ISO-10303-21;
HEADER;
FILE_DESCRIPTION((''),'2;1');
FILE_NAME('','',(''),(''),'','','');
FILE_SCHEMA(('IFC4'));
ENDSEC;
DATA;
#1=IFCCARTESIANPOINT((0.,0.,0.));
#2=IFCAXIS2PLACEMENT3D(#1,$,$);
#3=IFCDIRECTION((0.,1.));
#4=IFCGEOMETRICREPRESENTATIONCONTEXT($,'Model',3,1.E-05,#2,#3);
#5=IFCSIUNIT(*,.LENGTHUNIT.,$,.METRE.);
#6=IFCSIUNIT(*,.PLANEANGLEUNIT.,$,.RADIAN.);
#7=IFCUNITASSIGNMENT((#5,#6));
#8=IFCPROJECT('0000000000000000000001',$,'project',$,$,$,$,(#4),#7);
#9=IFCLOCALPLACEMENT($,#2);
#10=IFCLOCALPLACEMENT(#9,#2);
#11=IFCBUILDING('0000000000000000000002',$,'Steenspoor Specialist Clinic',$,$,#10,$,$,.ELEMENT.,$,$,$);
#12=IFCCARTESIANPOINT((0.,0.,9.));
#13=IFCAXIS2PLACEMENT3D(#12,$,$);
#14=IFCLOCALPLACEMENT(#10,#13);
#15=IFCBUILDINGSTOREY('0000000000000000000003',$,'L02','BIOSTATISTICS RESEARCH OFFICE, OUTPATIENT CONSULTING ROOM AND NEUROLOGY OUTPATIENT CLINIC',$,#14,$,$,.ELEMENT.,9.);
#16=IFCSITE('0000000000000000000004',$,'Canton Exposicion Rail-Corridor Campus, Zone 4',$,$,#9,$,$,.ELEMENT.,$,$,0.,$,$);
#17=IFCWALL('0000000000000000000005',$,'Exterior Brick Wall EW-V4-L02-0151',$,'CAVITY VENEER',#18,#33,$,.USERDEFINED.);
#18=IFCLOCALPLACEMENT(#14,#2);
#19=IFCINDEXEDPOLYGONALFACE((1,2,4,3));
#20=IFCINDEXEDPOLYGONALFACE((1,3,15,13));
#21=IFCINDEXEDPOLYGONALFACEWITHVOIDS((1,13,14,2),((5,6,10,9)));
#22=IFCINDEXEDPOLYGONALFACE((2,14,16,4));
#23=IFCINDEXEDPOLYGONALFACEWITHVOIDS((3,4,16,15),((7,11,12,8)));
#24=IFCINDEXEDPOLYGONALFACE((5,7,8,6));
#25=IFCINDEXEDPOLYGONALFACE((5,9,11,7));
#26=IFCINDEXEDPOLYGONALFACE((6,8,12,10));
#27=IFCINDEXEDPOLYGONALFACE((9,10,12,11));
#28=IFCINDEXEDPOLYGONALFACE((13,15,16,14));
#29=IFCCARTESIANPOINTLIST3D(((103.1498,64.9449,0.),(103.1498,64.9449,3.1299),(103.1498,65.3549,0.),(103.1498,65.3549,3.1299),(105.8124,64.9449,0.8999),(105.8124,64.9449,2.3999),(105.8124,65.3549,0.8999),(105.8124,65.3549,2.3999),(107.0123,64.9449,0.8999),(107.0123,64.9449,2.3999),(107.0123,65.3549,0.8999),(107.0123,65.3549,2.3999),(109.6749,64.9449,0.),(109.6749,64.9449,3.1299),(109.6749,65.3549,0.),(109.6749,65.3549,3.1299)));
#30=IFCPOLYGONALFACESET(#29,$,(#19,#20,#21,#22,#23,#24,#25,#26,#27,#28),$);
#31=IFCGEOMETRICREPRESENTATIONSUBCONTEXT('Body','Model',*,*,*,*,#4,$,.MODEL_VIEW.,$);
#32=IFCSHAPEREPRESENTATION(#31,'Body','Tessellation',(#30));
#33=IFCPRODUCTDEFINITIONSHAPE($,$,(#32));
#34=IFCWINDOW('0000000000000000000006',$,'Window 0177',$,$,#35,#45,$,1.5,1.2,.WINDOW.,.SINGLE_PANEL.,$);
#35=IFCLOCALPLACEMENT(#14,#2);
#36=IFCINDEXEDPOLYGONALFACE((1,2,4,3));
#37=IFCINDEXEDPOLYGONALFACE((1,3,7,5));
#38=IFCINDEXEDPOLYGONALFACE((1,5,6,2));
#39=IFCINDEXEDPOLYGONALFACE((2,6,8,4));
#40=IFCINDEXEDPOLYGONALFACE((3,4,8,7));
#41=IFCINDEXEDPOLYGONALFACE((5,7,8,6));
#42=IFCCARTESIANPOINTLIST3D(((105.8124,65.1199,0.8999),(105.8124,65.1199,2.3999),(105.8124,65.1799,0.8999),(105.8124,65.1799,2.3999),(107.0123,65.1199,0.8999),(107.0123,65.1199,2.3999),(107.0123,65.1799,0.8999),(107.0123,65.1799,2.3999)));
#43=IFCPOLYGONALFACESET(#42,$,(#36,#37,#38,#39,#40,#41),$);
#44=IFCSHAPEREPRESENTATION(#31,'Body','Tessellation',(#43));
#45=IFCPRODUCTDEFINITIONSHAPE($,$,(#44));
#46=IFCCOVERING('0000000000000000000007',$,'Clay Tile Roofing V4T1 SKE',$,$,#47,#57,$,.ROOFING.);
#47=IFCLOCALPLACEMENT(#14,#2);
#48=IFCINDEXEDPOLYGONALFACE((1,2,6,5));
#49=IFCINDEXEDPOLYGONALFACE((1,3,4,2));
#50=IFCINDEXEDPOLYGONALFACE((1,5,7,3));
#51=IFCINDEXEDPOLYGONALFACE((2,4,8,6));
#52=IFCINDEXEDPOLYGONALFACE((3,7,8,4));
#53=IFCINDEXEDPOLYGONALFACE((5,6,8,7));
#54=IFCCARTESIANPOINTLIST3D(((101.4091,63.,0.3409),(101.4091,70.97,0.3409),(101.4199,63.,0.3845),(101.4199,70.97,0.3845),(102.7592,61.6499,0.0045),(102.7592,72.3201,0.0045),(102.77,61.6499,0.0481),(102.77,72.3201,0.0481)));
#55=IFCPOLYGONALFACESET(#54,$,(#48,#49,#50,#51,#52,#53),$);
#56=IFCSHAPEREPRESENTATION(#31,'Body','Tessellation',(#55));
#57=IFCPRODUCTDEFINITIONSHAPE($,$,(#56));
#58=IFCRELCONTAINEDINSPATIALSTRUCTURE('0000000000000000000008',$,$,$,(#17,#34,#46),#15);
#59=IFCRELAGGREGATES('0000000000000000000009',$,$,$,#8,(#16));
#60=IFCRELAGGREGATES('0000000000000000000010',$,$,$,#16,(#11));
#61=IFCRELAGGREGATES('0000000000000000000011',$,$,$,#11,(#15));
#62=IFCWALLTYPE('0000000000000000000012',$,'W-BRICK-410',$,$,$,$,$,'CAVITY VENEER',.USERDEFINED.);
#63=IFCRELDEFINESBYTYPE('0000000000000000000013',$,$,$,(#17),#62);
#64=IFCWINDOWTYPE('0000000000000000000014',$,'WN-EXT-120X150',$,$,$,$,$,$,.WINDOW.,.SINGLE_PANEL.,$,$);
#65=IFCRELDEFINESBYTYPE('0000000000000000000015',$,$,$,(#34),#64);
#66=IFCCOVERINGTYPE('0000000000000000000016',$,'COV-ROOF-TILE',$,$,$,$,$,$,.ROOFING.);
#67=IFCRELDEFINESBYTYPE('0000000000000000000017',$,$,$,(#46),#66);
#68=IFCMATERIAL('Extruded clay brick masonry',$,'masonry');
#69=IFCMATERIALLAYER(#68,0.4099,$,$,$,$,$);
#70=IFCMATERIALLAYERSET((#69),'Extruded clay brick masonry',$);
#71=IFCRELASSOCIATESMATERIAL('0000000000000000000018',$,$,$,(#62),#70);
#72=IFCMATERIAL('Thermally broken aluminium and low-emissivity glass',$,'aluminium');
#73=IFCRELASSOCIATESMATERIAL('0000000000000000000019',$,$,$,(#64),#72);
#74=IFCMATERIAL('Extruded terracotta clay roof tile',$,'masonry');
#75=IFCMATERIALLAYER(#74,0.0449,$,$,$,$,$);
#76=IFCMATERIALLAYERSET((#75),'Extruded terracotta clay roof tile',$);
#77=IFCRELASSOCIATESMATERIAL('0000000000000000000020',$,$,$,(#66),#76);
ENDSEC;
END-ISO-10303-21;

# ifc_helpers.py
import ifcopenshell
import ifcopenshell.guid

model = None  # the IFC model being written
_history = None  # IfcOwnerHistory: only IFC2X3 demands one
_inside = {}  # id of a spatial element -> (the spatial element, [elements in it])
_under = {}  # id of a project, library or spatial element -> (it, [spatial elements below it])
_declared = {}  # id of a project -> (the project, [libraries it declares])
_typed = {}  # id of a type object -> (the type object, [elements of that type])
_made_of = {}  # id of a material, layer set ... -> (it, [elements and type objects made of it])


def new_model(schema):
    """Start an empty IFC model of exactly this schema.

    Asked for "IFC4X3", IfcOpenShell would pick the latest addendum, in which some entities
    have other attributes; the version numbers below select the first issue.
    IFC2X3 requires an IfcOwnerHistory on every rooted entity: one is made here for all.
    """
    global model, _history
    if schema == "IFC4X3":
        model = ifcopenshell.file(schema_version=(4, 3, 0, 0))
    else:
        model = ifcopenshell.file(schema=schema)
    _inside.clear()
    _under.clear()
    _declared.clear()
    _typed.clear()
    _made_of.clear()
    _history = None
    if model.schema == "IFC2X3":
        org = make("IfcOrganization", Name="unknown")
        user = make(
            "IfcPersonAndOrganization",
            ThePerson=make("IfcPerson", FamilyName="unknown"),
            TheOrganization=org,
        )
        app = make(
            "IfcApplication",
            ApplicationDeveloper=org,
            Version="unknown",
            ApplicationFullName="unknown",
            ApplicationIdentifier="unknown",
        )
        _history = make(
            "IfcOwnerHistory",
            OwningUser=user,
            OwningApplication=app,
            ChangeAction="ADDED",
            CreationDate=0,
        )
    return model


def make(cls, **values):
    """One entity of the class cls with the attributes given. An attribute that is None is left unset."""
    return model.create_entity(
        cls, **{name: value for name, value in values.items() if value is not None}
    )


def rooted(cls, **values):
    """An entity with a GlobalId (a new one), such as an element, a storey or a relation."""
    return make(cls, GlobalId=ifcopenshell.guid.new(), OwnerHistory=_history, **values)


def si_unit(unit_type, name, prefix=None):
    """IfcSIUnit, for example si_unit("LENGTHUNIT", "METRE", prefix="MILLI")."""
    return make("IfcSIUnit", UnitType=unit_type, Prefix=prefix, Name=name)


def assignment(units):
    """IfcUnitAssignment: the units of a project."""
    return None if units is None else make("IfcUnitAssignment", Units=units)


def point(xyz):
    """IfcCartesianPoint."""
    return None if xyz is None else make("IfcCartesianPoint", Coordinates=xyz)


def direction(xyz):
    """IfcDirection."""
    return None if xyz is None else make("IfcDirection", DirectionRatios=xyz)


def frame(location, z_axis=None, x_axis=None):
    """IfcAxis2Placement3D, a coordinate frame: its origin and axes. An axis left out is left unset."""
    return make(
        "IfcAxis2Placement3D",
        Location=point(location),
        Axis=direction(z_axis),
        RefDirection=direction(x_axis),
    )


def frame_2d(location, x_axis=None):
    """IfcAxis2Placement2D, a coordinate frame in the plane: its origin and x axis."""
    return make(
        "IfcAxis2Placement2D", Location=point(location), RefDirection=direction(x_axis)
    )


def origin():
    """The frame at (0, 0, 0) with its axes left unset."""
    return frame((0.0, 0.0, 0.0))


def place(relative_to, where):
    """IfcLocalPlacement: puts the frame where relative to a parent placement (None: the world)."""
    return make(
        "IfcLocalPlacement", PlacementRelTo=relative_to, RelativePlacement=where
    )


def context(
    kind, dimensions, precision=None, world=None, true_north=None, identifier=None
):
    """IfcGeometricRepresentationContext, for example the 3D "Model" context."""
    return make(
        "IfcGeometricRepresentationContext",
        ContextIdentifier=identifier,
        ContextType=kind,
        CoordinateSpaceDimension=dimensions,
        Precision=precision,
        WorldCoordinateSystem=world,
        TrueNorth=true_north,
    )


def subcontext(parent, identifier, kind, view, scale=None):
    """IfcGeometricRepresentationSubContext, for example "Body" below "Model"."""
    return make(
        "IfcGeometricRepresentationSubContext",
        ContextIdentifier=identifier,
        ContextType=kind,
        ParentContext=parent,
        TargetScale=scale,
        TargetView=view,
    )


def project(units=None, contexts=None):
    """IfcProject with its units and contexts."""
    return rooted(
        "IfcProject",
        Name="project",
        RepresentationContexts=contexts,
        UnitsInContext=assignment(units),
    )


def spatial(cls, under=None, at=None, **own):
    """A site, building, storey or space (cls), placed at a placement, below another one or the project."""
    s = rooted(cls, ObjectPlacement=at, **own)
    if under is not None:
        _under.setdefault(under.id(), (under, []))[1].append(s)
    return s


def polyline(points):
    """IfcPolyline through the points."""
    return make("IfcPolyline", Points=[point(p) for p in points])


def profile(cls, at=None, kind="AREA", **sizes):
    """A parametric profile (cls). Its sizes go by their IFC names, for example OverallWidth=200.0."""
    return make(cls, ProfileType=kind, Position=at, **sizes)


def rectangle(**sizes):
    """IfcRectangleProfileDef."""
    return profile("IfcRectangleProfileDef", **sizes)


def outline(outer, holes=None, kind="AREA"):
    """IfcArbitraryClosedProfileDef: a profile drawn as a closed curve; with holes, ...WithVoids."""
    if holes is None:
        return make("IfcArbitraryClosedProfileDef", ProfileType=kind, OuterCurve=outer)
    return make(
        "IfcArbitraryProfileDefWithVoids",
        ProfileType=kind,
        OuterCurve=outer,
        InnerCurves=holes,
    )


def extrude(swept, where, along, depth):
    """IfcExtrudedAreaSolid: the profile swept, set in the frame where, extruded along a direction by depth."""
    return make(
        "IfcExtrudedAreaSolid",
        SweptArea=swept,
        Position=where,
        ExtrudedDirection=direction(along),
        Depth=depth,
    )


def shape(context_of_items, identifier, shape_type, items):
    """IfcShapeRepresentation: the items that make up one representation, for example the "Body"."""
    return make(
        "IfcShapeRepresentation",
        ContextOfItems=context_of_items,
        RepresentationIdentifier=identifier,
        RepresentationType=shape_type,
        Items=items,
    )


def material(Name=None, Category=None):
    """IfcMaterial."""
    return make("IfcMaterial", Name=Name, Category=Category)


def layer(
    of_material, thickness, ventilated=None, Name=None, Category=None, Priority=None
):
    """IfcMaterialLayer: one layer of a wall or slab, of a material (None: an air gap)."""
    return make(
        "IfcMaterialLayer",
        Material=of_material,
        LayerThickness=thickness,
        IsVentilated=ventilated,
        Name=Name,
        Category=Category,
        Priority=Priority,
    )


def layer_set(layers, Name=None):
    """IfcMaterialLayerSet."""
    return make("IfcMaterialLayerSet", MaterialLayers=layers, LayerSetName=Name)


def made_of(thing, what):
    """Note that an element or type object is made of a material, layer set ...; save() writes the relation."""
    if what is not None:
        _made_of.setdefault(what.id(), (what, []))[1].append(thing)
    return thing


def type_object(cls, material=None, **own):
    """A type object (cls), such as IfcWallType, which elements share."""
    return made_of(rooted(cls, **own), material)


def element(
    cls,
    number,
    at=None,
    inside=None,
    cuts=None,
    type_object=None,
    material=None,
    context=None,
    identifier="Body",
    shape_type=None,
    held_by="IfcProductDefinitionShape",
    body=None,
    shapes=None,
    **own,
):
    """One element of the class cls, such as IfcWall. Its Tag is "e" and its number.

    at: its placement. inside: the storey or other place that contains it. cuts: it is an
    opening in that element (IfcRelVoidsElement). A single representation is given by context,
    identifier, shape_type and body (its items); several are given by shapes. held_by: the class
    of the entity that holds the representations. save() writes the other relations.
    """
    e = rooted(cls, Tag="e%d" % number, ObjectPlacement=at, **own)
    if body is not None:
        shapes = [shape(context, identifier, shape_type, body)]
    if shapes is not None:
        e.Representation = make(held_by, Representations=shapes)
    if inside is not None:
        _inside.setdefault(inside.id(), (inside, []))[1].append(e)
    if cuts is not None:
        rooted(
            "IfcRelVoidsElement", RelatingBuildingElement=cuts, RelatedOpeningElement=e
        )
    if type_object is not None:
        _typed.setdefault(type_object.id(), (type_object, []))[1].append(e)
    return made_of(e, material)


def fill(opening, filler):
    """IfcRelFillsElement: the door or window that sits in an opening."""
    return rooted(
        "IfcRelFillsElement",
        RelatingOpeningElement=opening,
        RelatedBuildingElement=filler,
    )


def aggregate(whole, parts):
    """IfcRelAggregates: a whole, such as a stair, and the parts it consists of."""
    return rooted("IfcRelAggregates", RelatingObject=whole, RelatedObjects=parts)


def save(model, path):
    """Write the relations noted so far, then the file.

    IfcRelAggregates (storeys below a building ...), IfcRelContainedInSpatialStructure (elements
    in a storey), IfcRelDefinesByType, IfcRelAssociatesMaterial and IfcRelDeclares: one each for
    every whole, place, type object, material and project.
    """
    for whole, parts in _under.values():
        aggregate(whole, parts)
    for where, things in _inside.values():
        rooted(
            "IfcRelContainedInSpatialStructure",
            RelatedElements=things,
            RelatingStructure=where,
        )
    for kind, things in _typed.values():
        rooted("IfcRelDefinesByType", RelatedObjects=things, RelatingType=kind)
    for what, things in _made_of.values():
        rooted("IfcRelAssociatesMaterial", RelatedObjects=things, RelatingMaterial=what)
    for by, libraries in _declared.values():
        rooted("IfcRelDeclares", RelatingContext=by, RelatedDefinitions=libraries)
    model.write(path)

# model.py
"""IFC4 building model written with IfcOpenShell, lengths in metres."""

from ifc_helpers import new_model, si_unit, direction, frame, frame_2d, origin, place, context, subcontext, project, spatial, polyline, rectangle, outline, extrude, material, layer, layer_set, type_object, element, fill, save


model = new_model("IFC4")

# Units and contexts
model_context = context("Model", 3, precision=1e-05, world=origin(), true_north=direction((0.0, 1.0)))
body_context = subcontext(model_context, "Body", "Model", "MODEL_VIEW")
ifc_project = project(units=[si_unit("LENGTHUNIT", "METRE"), si_unit("PLANEANGLEUNIT", "RADIAN")], contexts=[model_context])

# Site, building, storey
site_placement = place(None, origin())
site = spatial("IfcSite", under=ifc_project, at=site_placement, Name="Canton Exposicion Rail-Corridor Campus, Zone 4", CompositionType="ELEMENT", RefElevation=0.0)
building_placement = place(site_placement, origin())
building = spatial("IfcBuilding", under=site, at=building_placement, Name="Steenspoor Specialist Clinic", CompositionType="ELEMENT")
storey_placement = place(building_placement, frame((0.0, 0.0, 9.0)))
storey = spatial("IfcBuildingStorey", under=building, at=storey_placement, Name="L02", Description="BIOSTATISTICS RESEARCH OFFICE, OUTPATIENT CONSULTING ROOM AND NEUROLOGY OUTPATIENT CLINIC", CompositionType="ELEMENT", Elevation=9.0)

# Shared definitions
ifc_material_1 = material(Name="Thermally broken aluminium and low-emissivity glass", Category="aluminium")

# Shared definitions
ifc_material_2 = material(Name="Extruded terracotta clay roof tile", Category="masonry")

# Wall, opening, window
ifc_material_3 = material(Name="Extruded clay brick masonry", Category="masonry")
ifc_layer_1 = layer(ifc_material_3, 0.4099)
ifc_layer_set_1 = layer_set([ifc_layer_1], Name="Extruded clay brick masonry")
wall_type = type_object("IfcWallType", Name="W-BRICK-410", ElementType="CAVITY VENEER", PredefinedType="USERDEFINED", material=ifc_layer_set_1)
wall_placement = place(storey_placement, frame((109.675, 65.1499, 0.0), z_axis=(0.0, 0.0, 1.0), x_axis=(-1.0, 0.0, 0.0)))
wall = element("IfcWall", 1, at=wall_placement, inside=storey, type_object=wall_type, Name="Exterior Brick Wall EW-V4-L02-0151", ObjectType="CAVITY VENEER", PredefinedType="USERDEFINED", context=body_context, shape_type="SweptSolid", body=[
    extrude(rectangle(XDim=6.5251, YDim=0.4099, at=frame_2d((3.2627, 0.0))), origin(), (0.0, 0.0, 1.0), 3.1299),
])
opening_placement = place(wall_placement, frame((2.6626, 0.0, 0.8999)))
opening = element("IfcOpeningElement", 2, at=opening_placement, cuts=wall, PredefinedType="OPENING", context=body_context, shape_type="SweptSolid", body=[
    extrude(rectangle(XDim=1.2, YDim=1.5, at=frame_2d((0.6001, 0.75))), frame((0.0, 0.2148, 0.0), z_axis=(0.0, -1.0, 0.0), x_axis=(1.0, 0.0, 0.0)), (0.0, 0.0, 1.0), 0.4299),
])
window_type = type_object("IfcWindowType", Name="WN-EXT-120X150", PartitioningType="SINGLE_PANEL", PredefinedType="WINDOW", material=ifc_material_1)
window_placement = place(opening_placement, origin())
window = element("IfcWindow", 3, at=window_placement, inside=storey, type_object=window_type, Name="Window 0177", OverallHeight=1.5, OverallWidth=1.2, PartitioningType="SINGLE_PANEL", PredefinedType="WINDOW", context=body_context, shape_type="SweptSolid", body=[
    extrude(rectangle(XDim=1.2, YDim=1.5, at=frame_2d((0.6001, 0.75))), frame((0.0, 0.03, 0.0), z_axis=(0.0, -1.0, 0.0), x_axis=(1.0, 0.0, 0.0)), (0.0, 0.0, 1.0), 0.0601),
])
fill(opening, window)

# Covering
ifc_layer_2 = layer(ifc_material_2, 0.0449)
ifc_layer_set_2 = layer_set([ifc_layer_2], Name="Extruded terracotta clay roof tile")
covering_type = type_object("IfcCoveringType", Name="COV-ROOF-TILE", PredefinedType="ROOFING", material=ifc_layer_set_2)
covering_placement = place(storey_placement, frame((102.77, 61.6499, 0.0481), z_axis=(0.241792, 0.0, 0.970328), x_axis=(0.0, 1.0, 0.0)))
element("IfcCovering", 4, at=covering_placement, inside=storey, type_object=covering_type, Name="Clay Tile Roofing V4T1 SKE", PredefinedType="ROOFING", context=body_context, shape_type="SweptSolid", body=[
    extrude(outline(polyline([(0.0, 0.0), (10.6702, 0.0), (9.3201, 1.3914), (1.3501, 1.3914), (0.0, 0.0)])), origin(), (0.0, 0.0, -1.0), 0.0449),
])

save(model, "model.ifc")
